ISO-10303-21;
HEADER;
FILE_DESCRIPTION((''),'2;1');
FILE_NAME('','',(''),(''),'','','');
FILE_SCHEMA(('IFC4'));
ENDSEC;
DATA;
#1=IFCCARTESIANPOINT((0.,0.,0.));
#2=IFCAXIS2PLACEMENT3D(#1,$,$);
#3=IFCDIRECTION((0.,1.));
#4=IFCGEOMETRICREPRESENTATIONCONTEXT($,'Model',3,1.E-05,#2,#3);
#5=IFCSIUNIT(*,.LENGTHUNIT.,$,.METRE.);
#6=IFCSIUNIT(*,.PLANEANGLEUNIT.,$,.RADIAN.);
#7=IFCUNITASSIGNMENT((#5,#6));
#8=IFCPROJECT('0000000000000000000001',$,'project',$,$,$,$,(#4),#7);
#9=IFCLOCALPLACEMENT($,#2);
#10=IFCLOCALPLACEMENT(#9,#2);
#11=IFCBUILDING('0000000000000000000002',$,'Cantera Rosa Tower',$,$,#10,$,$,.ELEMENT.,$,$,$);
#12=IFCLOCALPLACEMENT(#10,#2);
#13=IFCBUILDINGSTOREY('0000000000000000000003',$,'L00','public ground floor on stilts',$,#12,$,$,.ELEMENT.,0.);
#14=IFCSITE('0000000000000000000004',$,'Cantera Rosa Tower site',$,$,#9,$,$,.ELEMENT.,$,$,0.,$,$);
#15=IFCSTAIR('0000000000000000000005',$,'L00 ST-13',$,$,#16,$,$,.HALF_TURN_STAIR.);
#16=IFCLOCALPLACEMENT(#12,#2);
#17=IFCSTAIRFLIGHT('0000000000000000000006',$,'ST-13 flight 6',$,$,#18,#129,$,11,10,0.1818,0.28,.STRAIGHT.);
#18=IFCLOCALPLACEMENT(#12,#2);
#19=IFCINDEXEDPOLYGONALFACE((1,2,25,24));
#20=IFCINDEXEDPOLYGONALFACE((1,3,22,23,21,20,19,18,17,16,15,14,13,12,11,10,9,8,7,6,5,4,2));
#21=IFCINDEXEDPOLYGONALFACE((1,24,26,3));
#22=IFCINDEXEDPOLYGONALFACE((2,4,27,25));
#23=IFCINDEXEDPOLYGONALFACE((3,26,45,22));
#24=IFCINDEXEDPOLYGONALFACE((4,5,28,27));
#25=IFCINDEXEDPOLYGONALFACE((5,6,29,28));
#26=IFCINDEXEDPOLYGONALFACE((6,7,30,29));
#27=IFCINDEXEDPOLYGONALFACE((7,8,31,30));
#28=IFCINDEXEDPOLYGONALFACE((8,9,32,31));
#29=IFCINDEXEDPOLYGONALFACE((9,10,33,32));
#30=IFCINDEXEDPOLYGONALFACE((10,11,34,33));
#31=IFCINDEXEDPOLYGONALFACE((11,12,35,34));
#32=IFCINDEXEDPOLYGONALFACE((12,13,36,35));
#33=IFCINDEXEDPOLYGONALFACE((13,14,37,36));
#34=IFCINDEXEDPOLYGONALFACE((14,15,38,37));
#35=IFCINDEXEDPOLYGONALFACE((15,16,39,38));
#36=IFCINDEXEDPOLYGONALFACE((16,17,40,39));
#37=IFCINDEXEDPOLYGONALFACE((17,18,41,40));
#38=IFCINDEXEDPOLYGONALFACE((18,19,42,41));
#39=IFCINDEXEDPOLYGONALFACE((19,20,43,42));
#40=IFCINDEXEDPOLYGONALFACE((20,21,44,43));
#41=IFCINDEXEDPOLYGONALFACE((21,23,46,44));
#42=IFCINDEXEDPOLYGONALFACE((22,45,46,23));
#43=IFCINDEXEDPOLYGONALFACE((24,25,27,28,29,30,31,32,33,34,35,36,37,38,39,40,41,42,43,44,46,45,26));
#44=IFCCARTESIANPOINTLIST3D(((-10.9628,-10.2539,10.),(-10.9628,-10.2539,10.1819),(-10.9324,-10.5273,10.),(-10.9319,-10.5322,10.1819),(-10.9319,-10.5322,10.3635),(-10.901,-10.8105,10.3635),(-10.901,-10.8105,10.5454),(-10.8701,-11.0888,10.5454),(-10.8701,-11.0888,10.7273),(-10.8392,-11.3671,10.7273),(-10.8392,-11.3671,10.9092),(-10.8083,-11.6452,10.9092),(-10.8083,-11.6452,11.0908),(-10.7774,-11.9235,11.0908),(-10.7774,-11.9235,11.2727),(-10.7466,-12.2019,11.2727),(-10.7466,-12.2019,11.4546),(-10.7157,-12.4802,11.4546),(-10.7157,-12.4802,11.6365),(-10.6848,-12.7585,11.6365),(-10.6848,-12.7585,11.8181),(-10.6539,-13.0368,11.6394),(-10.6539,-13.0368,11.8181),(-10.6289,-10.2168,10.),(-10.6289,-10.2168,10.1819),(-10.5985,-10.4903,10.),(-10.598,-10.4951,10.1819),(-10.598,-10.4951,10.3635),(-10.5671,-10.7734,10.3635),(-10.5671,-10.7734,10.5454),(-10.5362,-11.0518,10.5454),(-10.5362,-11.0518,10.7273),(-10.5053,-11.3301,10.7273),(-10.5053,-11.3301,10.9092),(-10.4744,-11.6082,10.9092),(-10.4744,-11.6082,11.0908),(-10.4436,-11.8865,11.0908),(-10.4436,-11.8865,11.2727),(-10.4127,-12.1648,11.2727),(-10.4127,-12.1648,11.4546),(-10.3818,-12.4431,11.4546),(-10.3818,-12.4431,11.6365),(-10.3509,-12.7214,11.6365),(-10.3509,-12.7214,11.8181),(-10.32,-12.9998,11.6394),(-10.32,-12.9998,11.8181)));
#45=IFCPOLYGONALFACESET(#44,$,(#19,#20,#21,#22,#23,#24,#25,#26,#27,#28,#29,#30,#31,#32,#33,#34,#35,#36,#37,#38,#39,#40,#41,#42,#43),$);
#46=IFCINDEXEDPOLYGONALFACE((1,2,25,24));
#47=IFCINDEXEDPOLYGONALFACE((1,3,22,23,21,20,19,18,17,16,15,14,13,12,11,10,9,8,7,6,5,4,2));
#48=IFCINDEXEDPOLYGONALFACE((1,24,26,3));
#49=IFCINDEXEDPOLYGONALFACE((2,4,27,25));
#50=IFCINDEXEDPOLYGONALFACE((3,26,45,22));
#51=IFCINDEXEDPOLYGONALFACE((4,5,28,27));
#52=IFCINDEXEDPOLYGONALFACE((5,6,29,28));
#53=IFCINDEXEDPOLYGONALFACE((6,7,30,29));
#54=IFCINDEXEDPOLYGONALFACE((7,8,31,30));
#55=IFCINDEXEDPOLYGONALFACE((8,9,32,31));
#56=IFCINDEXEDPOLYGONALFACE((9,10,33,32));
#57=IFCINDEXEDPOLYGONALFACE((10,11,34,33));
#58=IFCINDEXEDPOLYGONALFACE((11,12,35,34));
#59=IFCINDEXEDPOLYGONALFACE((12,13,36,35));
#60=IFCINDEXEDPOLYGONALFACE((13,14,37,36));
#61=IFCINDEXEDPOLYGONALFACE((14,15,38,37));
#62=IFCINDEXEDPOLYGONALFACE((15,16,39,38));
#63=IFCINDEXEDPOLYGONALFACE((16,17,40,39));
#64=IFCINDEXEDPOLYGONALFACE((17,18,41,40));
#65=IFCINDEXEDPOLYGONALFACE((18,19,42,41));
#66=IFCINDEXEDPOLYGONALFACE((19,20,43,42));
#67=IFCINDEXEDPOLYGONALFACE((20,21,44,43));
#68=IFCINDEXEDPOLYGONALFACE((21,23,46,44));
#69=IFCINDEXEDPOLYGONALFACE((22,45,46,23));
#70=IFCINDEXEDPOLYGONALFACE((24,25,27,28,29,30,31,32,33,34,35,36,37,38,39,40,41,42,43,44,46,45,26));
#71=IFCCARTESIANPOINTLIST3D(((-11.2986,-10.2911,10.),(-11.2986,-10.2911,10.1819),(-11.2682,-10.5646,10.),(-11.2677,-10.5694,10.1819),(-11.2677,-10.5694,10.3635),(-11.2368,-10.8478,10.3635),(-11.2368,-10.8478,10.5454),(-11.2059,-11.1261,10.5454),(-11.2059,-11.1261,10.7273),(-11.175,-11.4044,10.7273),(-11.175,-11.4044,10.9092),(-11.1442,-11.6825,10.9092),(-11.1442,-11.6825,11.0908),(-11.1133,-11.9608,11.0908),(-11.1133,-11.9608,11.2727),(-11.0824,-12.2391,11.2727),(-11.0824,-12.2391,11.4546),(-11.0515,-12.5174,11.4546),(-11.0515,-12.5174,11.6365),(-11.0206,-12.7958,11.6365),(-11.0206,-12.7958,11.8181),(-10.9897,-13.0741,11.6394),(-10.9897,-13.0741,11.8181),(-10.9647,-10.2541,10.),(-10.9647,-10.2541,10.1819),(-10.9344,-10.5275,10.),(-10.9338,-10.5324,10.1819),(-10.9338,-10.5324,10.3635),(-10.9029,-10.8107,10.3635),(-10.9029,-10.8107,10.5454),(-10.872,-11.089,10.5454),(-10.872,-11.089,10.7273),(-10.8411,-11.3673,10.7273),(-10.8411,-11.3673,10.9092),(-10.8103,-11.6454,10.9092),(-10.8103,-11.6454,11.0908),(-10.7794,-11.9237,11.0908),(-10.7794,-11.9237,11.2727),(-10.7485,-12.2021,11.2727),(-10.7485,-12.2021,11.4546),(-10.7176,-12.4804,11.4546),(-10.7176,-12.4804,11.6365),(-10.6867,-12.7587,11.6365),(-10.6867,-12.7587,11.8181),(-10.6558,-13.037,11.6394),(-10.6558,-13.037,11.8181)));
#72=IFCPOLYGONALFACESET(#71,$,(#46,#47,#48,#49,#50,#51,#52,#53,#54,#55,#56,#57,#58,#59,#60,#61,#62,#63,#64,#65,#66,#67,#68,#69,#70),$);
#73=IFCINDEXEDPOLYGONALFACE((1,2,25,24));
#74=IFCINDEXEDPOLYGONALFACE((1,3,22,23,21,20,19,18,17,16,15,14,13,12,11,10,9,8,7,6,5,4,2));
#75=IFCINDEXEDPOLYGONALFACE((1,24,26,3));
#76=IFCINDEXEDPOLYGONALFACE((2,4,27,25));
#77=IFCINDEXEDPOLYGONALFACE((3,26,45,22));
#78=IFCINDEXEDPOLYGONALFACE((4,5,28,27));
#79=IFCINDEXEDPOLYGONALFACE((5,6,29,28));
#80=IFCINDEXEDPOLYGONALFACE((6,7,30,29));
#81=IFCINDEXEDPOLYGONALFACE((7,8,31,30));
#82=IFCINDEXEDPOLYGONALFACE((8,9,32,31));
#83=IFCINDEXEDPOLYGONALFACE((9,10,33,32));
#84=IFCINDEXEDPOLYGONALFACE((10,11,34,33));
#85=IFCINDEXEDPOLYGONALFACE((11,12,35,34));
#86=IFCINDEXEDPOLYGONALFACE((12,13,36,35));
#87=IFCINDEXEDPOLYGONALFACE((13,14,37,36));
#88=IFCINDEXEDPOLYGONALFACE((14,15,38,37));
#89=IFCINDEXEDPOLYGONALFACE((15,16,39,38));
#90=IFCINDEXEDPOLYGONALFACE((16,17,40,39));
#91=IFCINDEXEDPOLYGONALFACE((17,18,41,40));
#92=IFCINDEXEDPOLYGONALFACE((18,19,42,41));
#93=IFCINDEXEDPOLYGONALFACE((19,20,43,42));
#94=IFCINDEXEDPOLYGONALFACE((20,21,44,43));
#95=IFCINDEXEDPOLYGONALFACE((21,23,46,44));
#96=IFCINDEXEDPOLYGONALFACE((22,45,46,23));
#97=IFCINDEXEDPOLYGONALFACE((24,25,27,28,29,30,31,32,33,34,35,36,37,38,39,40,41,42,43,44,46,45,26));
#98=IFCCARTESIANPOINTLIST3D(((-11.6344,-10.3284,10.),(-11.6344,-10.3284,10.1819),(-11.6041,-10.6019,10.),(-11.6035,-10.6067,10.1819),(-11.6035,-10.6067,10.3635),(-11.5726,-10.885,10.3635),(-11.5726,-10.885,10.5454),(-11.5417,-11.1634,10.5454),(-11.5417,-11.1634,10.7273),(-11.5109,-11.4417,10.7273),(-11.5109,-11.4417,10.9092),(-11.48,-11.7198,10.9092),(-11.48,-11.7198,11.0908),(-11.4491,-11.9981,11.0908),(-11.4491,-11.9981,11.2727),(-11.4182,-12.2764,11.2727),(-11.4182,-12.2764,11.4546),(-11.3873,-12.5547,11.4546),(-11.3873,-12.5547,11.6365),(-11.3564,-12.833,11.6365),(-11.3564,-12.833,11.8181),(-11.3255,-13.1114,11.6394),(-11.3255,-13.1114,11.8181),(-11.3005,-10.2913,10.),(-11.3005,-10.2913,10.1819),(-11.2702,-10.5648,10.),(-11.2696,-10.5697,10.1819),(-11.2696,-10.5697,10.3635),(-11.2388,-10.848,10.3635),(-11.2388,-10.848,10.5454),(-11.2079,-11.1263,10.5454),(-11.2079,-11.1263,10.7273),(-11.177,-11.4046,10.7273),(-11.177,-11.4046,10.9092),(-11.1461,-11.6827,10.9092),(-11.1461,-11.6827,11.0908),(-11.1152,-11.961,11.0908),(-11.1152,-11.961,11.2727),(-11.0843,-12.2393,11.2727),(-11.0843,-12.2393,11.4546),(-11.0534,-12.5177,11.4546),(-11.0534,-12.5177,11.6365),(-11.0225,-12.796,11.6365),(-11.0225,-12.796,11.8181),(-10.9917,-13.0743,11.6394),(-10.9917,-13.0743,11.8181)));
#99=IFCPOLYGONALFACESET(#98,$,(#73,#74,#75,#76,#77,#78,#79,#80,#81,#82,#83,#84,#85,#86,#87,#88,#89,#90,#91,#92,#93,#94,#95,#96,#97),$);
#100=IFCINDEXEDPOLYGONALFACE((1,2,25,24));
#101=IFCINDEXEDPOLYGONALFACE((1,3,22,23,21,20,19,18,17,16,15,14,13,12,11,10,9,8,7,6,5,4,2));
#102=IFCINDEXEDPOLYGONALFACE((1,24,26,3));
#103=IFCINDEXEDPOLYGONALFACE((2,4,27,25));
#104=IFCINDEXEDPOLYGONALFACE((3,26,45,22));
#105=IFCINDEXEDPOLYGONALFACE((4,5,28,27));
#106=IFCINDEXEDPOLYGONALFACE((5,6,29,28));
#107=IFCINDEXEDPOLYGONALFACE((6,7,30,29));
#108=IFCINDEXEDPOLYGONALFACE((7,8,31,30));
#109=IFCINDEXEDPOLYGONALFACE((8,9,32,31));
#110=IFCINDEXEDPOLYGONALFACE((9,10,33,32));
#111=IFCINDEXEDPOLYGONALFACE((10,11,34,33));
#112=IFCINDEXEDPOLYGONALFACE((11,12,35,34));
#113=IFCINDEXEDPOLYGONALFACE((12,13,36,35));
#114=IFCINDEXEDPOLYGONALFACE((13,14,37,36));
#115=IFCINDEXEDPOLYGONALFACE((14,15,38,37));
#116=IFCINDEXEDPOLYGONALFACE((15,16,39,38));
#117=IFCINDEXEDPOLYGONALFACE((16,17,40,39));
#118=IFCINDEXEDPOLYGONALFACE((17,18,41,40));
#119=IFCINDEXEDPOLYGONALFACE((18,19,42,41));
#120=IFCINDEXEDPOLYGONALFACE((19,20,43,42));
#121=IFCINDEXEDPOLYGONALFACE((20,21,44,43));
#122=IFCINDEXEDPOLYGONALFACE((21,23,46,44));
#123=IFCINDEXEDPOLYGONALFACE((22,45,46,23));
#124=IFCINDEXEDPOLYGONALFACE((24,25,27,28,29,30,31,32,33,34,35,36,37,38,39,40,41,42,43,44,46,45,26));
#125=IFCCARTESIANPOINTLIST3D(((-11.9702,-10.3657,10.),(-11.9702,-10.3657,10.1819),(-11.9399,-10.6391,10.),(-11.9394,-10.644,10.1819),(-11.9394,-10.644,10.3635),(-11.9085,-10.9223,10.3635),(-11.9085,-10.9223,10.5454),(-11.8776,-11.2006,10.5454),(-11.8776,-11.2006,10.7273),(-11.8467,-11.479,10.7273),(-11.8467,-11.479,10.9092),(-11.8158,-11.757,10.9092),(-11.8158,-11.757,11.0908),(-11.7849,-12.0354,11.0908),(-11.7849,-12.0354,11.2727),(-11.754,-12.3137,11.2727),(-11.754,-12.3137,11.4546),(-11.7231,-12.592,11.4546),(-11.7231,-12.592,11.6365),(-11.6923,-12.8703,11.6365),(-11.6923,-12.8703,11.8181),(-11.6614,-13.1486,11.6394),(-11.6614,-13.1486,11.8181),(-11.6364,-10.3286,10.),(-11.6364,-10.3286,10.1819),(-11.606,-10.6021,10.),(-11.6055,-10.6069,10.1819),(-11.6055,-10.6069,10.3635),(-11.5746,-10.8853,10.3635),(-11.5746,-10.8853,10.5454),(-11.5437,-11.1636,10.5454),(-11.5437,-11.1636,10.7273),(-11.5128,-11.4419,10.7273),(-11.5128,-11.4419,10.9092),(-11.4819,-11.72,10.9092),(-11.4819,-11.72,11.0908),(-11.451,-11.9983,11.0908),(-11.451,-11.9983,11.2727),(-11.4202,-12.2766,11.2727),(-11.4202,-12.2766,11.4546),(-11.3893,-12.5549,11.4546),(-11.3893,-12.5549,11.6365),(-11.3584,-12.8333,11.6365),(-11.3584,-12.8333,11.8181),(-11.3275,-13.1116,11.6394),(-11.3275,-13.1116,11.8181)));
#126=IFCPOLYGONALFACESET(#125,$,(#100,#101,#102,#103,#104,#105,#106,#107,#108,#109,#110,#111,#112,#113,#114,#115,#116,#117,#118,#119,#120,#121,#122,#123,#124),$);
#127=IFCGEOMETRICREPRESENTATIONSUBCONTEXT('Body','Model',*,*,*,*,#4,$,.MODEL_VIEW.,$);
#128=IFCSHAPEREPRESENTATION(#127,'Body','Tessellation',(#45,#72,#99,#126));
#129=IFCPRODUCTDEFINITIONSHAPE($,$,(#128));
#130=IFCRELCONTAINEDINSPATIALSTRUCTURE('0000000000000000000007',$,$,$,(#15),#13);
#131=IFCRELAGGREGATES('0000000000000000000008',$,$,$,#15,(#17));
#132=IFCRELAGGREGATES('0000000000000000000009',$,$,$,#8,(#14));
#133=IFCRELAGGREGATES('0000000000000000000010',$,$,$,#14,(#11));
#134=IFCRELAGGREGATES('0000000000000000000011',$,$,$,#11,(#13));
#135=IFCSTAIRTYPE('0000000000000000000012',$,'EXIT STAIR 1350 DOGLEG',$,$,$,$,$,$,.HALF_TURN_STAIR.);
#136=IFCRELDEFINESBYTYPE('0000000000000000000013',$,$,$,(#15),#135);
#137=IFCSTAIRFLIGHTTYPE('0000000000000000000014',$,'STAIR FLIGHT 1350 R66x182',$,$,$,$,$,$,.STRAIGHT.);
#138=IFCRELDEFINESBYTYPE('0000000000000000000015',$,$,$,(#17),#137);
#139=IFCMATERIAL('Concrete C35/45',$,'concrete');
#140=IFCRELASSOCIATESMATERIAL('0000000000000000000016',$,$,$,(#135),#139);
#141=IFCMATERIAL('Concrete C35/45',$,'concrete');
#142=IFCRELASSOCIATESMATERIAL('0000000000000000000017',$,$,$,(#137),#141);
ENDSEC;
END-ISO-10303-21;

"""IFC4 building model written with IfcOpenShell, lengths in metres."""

from ifc_helpers import new_model, si_unit, direction, frame, origin, place, context, subcontext, project, spatial, polyline, outline, extrude, material, type_object, element, aggregate, save


model = new_model("IFC4")

# Units and contexts
model_context = context("Model", 3, precision=1e-05, world=origin(), true_north=direction((0.0, 1.0)))
body_context = subcontext(model_context, "Body", "Model", "MODEL_VIEW")
ifc_project = project(units=[si_unit("LENGTHUNIT", "METRE"), si_unit("PLANEANGLEUNIT", "RADIAN")], contexts=[model_context])

# Site, building, storey
site_placement = place(None, origin())
site = spatial("IfcSite", under=ifc_project, at=site_placement, Name="Cantera Rosa Tower site", CompositionType="ELEMENT", RefElevation=0.0)
building_placement = place(site_placement, origin())
building = spatial("IfcBuilding", under=site, at=building_placement, Name="Cantera Rosa Tower", CompositionType="ELEMENT")
storey_placement = place(building_placement, origin())
storey = spatial("IfcBuildingStorey", under=building, at=storey_placement, Name="L00", Description="public ground floor on stilts", CompositionType="ELEMENT", Elevation=0.0)

# Stair, stair flight
ifc_material_1 = material(Name="Concrete C35/45", Category="concrete")
stair_type = type_object("IfcStairType", Name="EXIT STAIR 1350 DOGLEG", PredefinedType="HALF_TURN_STAIR", material=ifc_material_1)
stair_placement = place(storey_placement, origin())
stair = element("IfcStair", 1, at=stair_placement, inside=storey, type_object=stair_type, Name="L00 ST-13", PredefinedType="HALF_TURN_STAIR")
ifc_material_2 = material(Name="Concrete C35/45", Category="concrete")
stair_flight_type = type_object("IfcStairFlightType", Name="STAIR FLIGHT 1350 R66x182", PredefinedType="STRAIGHT", material=ifc_material_2)
stair_flight_placement = place(storey_placement, frame((-11.2998, -10.2913, 10.0), z_axis=(0.0, 0.0, 1.0), x_axis=(0.110313, -0.993897, 0.0)))
stair_flight = element("IfcStairFlight", 2, at=stair_flight_placement, type_object=stair_flight_type, Name="ST-13 flight 6", NumberOfRisers=11, NumberOfTreads=10, PredefinedType="STRAIGHT", RiserHeight=0.1818, TreadLength=0.28, context=body_context, shape_type="SweptSolid", body=[
    extrude(outline(polyline([(0.0, 0.0), (0.0, 0.1819), (0.28, 0.1819), (0.28, 0.3635), (0.5601, 0.3635), (0.5601, 0.5454), (0.8401, 0.5454), (0.8401, 0.7273), (1.1201, 0.7273), (1.1201, 0.9092), (1.3999, 0.9092), (1.3999, 1.0908), (1.6799, 1.0908), (1.6799, 1.2727), (1.96, 1.2727), (1.96, 1.4546), (2.24, 1.4546), (2.24, 1.6365), (2.52, 1.6365), (2.52, 1.8181), (2.8, 1.8181), (2.8, 2.0), (2.8, 1.6394), (0.2751, 0.0), (0.0, 0.0)])), frame((0.0, 0.675, 0.0), z_axis=(0.0, -1.0, 0.0), x_axis=(1.0, 0.0, 0.0)), (0.0, 0.0, 1.0), 0.3359),
    extrude(outline(polyline([(0.0, 0.0), (0.0, 0.1819), (0.28, 0.1819), (0.28, 0.3635), (0.5601, 0.3635), (0.5601, 0.5454), (0.8401, 0.5454), (0.8401, 0.7273), (1.1201, 0.7273), (1.1201, 0.9092), (1.3999, 0.9092), (1.3999, 1.0908), (1.6799, 1.0908), (1.6799, 1.2727), (1.96, 1.2727), (1.96, 1.4546), (2.24, 1.4546), (2.24, 1.6365), (2.52, 1.6365), (2.52, 1.8181), (2.8, 1.8181), (2.8, 2.0), (2.8, 1.6394), (0.2751, 0.0), (0.0, 0.0)])), frame((0.0, 0.3372, 0.0), z_axis=(0.0, -1.0, 0.0), x_axis=(1.0, 0.0, 0.0)), (0.0, 0.0, 1.0), 0.3359),
    extrude(outline(polyline([(0.0, 0.0), (0.0, 0.1819), (0.28, 0.1819), (0.28, 0.3635), (0.5601, 0.3635), (0.5601, 0.5454), (0.8401, 0.5454), (0.8401, 0.7273), (1.1201, 0.7273), (1.1201, 0.9092), (1.3999, 0.9092), (1.3999, 1.0908), (1.6799, 1.0908), (1.6799, 1.2727), (1.96, 1.2727), (1.96, 1.4546), (2.24, 1.4546), (2.24, 1.6365), (2.52, 1.6365), (2.52, 1.8181), (2.8, 1.8181), (2.8, 2.0), (2.8, 1.6394), (0.2751, 0.0), (0.0, 0.0)])), frame((0.0, -0.0007, 0.0), z_axis=(0.0, -1.0, 0.0), x_axis=(1.0, 0.0, 0.0)), (0.0, 0.0, 1.0), 0.3359),
    extrude(outline(polyline([(0.0, 0.0), (0.0, 0.1819), (0.28, 0.1819), (0.28, 0.3635), (0.5601, 0.3635), (0.5601, 0.5454), (0.8401, 0.5454), (0.8401, 0.7273), (1.1201, 0.7273), (1.1201, 0.9092), (1.3999, 0.9092), (1.3999, 1.0908), (1.6799, 1.0908), (1.6799, 1.2727), (1.96, 1.2727), (1.96, 1.4546), (2.24, 1.4546), (2.24, 1.6365), (2.52, 1.6365), (2.52, 1.8181), (2.8, 1.8181), (2.8, 2.0), (2.8, 1.6394), (0.2751, 0.0), (0.0, 0.0)])), frame((0.0, -0.3386, 0.0), z_axis=(0.0, -1.0, 0.0), x_axis=(1.0, 0.0, 0.0)), (0.0, 0.0, 1.0), 0.3359),
])
aggregate(stair, [stair_flight])

save(model, "model.ifc")
